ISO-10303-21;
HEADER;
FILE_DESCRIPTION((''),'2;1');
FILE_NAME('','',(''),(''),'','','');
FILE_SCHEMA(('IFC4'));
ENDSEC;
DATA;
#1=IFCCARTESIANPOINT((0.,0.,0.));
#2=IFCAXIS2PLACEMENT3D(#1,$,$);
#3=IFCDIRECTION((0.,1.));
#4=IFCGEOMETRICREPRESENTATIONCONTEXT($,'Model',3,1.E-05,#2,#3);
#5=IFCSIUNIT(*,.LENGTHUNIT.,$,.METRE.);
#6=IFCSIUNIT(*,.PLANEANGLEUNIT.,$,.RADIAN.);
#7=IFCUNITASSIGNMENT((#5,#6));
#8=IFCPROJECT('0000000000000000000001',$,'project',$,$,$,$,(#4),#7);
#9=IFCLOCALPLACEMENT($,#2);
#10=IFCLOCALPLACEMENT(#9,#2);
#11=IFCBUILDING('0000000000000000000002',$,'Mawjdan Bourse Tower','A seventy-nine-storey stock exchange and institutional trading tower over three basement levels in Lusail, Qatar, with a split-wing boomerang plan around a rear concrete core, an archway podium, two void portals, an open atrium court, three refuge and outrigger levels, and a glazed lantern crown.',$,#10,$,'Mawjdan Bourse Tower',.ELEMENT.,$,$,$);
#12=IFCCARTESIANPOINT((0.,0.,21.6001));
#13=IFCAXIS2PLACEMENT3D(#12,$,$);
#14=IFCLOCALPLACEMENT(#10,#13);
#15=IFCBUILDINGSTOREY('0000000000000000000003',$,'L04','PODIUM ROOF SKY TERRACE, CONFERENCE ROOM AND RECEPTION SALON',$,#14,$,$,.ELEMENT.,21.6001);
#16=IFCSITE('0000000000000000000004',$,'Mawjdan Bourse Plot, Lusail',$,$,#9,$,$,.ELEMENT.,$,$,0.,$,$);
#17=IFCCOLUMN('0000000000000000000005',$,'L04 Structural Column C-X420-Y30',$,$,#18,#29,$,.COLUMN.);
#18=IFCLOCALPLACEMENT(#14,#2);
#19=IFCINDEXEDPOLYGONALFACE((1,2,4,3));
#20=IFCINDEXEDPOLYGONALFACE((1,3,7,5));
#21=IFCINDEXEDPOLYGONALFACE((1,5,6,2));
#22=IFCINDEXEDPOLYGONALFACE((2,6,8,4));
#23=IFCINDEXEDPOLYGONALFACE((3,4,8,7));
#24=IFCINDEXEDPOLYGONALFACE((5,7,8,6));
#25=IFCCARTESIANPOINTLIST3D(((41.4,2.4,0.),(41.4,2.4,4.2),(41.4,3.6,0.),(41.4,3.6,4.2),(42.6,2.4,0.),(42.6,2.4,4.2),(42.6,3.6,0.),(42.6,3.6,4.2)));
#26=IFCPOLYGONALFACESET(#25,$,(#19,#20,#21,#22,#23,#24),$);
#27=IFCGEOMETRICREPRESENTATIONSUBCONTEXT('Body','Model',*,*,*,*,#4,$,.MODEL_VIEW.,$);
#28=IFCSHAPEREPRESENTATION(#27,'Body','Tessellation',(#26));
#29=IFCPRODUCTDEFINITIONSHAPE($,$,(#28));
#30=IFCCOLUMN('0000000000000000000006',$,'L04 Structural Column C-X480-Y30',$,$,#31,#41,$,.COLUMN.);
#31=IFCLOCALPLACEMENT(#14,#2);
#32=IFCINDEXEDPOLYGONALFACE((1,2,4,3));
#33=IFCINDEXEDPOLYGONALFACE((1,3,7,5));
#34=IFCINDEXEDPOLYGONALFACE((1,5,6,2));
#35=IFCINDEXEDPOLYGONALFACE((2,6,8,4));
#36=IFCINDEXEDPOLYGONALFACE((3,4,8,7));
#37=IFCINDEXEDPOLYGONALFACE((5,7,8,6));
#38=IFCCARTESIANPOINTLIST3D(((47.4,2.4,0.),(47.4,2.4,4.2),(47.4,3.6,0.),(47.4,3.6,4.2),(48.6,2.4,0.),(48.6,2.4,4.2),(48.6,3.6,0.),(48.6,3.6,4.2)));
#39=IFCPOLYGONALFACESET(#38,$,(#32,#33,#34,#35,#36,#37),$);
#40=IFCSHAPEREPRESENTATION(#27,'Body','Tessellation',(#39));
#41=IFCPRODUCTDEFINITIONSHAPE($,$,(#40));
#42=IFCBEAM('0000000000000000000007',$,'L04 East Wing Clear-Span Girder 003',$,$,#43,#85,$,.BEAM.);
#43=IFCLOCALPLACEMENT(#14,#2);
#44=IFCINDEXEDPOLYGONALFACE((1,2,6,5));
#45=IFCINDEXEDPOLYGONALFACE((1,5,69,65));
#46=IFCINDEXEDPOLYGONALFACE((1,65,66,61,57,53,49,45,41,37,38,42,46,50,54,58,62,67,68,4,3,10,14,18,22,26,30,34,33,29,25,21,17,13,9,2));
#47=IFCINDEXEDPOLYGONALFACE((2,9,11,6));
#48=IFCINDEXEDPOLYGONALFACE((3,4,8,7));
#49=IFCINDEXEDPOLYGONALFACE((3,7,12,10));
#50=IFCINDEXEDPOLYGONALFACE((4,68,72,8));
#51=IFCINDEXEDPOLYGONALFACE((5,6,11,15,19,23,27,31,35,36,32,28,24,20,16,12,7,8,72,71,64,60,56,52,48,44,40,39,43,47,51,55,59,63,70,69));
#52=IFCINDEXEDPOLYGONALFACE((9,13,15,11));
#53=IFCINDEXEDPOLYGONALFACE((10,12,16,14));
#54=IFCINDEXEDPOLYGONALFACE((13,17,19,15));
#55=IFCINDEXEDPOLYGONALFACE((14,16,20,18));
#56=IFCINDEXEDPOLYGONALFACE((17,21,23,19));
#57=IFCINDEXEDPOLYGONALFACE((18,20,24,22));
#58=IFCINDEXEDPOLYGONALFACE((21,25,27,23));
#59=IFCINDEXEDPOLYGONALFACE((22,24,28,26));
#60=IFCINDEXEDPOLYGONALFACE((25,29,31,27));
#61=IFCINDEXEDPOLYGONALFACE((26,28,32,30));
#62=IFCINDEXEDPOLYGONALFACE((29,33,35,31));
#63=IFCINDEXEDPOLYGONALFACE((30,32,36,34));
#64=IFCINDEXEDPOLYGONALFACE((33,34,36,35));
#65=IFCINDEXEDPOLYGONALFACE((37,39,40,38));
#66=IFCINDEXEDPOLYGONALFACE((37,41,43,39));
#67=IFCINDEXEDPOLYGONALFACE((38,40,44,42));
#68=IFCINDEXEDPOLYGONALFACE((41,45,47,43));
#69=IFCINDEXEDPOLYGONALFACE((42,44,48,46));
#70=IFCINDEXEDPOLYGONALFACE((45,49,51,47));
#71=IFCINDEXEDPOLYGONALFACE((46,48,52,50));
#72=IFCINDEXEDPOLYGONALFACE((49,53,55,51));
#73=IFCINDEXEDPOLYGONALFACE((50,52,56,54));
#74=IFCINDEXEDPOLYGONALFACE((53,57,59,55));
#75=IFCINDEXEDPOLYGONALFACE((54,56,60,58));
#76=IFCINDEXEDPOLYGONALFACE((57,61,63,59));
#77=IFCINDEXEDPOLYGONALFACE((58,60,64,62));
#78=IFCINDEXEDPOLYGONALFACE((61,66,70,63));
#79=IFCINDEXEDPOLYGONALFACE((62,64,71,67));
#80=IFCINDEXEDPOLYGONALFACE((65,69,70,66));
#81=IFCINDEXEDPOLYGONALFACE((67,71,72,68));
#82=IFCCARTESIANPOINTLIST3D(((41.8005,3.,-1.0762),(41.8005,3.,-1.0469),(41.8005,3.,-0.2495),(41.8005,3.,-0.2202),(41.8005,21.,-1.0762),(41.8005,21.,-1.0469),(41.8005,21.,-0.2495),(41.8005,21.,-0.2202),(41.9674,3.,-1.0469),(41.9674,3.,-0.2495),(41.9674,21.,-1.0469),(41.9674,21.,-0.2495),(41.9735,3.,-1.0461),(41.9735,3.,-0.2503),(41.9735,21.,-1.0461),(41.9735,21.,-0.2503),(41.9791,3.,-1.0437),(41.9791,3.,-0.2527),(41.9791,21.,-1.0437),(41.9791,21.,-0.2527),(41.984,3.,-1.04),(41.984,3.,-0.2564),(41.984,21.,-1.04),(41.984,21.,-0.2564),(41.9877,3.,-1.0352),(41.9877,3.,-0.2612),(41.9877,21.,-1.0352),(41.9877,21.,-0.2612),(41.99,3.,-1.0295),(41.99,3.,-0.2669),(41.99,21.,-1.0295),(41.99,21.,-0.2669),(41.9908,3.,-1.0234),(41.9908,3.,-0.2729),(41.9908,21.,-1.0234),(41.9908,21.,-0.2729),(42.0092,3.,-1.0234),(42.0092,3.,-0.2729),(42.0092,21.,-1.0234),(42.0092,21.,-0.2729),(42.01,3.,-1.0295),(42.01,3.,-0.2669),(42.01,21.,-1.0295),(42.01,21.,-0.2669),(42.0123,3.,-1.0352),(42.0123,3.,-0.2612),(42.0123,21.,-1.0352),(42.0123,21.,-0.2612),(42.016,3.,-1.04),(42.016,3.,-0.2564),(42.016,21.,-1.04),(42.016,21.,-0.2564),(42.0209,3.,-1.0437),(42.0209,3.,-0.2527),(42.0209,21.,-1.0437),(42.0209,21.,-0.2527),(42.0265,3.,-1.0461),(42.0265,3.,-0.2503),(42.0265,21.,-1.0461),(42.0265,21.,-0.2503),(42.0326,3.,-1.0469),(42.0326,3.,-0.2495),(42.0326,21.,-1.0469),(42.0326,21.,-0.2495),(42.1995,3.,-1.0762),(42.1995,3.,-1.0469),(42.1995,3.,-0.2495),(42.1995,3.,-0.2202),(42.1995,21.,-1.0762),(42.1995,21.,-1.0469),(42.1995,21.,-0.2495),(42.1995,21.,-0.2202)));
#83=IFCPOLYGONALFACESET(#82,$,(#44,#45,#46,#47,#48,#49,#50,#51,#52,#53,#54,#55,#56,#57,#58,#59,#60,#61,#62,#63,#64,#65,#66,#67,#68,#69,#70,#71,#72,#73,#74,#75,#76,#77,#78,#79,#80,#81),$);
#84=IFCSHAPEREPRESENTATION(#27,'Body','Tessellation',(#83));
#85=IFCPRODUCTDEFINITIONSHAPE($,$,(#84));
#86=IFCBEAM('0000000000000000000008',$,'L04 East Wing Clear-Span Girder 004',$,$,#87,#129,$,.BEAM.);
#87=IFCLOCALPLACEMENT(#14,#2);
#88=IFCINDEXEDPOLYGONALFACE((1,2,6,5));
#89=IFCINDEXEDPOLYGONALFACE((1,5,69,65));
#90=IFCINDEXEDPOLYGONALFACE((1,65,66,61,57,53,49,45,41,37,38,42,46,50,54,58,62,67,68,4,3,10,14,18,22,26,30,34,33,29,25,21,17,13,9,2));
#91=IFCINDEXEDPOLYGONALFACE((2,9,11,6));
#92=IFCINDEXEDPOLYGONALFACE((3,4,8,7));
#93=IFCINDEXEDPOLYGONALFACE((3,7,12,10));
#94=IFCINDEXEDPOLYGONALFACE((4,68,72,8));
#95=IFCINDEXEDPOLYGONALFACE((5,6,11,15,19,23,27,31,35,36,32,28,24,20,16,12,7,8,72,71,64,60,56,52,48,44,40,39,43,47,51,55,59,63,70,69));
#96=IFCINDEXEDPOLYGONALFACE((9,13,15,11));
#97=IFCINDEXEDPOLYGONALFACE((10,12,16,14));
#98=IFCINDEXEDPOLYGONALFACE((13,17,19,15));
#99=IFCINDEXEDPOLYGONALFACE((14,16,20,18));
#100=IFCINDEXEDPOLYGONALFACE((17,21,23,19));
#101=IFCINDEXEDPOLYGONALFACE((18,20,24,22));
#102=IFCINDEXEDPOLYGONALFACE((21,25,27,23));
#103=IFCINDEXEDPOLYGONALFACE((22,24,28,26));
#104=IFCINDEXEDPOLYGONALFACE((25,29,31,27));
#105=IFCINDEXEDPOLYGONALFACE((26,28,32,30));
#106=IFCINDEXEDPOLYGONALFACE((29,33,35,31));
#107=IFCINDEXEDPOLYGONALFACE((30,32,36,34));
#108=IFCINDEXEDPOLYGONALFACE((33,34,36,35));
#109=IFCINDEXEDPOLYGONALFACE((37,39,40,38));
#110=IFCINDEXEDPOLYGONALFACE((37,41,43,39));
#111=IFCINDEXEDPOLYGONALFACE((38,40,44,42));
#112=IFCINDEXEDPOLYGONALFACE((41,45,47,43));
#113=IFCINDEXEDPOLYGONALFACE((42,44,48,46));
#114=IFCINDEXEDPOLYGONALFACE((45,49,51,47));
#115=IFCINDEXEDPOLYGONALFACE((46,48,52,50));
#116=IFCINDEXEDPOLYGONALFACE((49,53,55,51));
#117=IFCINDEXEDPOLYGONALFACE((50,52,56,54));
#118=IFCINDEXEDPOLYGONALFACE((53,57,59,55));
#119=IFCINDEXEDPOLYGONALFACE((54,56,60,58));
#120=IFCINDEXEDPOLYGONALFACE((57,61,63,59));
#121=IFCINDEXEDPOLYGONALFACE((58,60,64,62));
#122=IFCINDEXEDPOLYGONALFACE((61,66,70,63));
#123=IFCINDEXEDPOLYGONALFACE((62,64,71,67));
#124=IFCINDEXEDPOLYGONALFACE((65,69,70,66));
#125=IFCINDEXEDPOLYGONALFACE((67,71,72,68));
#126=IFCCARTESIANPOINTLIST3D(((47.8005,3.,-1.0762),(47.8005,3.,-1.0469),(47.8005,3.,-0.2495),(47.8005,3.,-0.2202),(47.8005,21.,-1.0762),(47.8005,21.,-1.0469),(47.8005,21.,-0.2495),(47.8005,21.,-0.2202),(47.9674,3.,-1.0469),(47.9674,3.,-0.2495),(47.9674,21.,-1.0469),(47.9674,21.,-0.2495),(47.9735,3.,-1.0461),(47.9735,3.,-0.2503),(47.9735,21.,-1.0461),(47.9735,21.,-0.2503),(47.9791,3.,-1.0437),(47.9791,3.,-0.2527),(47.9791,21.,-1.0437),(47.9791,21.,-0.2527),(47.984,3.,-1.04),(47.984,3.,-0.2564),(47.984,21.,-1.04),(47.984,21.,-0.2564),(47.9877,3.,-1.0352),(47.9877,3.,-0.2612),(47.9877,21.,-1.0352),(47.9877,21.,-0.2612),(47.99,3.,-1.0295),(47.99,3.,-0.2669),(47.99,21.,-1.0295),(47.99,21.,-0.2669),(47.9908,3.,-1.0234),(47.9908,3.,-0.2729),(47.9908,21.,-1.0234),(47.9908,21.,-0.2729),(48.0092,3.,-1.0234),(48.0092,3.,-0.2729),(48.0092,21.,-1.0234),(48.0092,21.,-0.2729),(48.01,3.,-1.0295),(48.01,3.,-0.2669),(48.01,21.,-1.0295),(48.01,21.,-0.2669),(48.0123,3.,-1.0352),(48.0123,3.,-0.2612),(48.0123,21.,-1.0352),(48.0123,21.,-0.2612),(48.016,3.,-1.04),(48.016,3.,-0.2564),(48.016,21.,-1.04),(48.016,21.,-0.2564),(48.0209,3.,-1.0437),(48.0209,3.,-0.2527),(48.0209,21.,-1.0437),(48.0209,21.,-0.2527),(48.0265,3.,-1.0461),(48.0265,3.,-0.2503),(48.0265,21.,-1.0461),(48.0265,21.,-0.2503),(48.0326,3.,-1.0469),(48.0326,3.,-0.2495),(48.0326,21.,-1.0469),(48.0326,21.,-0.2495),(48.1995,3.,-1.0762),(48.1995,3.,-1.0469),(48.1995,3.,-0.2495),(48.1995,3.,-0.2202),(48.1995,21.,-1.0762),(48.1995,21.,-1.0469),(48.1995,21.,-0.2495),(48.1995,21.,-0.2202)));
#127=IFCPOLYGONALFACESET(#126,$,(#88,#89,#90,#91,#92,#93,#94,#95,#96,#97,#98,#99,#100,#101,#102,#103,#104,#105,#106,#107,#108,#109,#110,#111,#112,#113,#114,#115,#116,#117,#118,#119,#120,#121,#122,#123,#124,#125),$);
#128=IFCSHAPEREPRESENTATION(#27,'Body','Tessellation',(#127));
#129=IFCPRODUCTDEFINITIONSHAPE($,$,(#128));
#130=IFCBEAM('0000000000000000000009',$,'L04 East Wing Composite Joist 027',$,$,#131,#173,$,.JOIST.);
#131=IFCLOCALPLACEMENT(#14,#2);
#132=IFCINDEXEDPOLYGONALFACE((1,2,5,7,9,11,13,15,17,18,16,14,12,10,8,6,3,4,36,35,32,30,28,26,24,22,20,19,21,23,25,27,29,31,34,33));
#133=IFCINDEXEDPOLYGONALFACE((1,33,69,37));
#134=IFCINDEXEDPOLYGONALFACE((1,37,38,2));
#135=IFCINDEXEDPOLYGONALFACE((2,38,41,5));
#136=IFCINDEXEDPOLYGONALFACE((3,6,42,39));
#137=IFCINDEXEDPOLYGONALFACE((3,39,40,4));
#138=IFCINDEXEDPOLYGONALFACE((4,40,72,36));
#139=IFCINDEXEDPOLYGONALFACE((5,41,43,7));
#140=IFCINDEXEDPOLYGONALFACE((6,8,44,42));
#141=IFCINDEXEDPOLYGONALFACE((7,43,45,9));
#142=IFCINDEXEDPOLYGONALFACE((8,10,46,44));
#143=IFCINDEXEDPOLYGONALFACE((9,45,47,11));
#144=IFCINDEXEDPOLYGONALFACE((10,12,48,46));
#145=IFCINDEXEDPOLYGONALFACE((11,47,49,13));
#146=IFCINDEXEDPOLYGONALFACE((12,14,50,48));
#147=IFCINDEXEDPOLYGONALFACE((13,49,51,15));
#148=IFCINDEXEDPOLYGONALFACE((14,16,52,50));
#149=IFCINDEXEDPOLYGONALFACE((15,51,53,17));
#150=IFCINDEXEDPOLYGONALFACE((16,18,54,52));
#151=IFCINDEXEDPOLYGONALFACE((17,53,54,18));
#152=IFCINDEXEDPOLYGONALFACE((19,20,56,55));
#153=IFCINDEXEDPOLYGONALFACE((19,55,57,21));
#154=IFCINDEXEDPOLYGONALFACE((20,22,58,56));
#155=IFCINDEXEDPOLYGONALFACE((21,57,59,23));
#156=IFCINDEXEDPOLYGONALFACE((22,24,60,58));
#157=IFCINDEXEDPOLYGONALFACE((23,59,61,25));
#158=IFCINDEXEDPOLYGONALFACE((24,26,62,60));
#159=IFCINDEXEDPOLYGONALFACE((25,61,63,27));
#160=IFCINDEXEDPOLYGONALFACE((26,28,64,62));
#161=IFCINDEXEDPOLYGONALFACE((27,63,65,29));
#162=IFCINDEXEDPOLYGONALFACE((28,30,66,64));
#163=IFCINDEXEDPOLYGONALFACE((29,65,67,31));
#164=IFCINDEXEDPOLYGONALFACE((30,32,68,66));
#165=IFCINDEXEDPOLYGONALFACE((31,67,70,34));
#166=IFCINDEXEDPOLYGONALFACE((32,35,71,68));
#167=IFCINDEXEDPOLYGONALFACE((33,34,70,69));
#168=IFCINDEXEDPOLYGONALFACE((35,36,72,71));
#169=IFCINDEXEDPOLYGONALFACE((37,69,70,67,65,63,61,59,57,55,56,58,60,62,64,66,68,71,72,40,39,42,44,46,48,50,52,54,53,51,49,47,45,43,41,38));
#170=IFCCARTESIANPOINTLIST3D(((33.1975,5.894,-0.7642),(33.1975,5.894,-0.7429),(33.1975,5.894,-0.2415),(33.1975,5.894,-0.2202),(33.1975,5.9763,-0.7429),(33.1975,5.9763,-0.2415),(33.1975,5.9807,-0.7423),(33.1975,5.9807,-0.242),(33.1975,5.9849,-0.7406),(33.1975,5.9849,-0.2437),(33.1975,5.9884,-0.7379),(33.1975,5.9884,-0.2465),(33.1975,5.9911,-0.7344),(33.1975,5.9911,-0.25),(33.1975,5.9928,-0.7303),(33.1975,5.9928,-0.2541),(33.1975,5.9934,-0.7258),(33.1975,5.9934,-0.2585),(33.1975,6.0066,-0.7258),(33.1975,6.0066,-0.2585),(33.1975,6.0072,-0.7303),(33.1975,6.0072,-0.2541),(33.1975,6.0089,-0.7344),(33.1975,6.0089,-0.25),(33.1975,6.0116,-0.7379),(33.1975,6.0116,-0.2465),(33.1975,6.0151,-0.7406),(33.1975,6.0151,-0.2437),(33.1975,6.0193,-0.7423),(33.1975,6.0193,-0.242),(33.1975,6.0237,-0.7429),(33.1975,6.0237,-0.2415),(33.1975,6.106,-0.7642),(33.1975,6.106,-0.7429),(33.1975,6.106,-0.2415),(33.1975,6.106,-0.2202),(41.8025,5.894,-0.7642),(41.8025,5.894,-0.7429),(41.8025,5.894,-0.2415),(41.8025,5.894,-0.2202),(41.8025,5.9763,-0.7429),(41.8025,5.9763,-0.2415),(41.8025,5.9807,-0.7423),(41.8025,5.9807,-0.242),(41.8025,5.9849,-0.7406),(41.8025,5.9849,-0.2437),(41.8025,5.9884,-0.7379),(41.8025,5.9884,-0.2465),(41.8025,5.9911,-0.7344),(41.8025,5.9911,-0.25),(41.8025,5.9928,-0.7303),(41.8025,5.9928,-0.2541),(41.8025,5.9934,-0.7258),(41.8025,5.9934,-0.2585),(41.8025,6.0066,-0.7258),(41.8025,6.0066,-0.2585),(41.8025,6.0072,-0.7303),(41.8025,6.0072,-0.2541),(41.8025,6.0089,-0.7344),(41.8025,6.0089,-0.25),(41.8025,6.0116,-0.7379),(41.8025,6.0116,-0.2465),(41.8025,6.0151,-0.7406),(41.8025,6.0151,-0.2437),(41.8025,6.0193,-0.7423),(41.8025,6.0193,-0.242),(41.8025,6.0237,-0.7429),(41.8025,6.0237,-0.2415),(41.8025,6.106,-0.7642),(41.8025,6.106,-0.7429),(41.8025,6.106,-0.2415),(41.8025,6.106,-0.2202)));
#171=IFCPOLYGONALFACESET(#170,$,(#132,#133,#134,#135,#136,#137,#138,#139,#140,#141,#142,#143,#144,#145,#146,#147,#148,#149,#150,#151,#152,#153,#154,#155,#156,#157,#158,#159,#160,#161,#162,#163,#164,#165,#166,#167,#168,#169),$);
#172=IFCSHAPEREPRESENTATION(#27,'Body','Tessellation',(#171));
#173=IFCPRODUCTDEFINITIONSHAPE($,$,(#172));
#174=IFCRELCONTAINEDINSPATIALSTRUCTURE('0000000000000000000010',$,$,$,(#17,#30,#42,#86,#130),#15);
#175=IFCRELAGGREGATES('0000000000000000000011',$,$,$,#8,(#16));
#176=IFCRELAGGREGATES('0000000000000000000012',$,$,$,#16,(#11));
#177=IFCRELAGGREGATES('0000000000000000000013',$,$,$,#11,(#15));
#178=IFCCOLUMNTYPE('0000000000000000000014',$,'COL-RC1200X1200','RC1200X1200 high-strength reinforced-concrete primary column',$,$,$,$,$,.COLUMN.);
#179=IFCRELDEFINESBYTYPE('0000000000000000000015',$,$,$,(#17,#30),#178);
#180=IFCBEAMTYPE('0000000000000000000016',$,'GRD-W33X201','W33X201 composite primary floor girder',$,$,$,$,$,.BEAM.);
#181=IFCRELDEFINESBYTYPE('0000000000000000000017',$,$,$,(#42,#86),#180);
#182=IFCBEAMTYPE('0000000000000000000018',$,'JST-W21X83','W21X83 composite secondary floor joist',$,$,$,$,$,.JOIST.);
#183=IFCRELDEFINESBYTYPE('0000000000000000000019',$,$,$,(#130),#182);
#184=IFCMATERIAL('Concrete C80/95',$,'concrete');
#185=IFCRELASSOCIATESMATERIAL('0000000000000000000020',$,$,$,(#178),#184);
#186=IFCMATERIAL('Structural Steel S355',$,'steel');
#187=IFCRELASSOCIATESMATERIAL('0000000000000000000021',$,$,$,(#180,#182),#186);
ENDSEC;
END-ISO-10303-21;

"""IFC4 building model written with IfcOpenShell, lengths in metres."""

from ifc_helpers import new_model, si_unit, direction, frame, origin, origin_2d, place, context, subcontext, project, spatial, rectangle, i_section, extrude, material, material_profile, profile_set, type_object, element, save


model = new_model("IFC4")

# Units and contexts
model_context = context("Model", 3, precision=1e-05, world=origin(), true_north=direction((0.0, 1.0)))
body_context = subcontext(model_context, "Body", "Model", "MODEL_VIEW")
ifc_project = project(units=[si_unit("LENGTHUNIT", "METRE"), si_unit("PLANEANGLEUNIT", "RADIAN")], contexts=[model_context])

# Site, building, storey
site_placement = place(None, origin())
site = spatial("IfcSite", under=ifc_project, at=site_placement, Name="Mawjdan Bourse Plot, Lusail", CompositionType="ELEMENT", RefElevation=0.0)
building_placement = place(site_placement, origin())
building = spatial("IfcBuilding", under=site, at=building_placement, Name="Mawjdan Bourse Tower", Description="A seventy-nine-storey stock exchange and institutional trading tower over three basement levels in Lusail, Qatar, with a split-wing boomerang plan around a rear concrete core, an archway podium, two void portals, an open atrium court, three refuge and outrigger levels, and a glazed lantern crown.", LongName="Mawjdan Bourse Tower", CompositionType="ELEMENT")
storey_placement = place(building_placement, frame((0.0, 0.0, 21.6001)))
storey = spatial("IfcBuildingStorey", under=building, at=storey_placement, Name="L04", Description="PODIUM ROOF SKY TERRACE, CONFERENCE ROOM AND RECEPTION SALON", CompositionType="ELEMENT", Elevation=21.6001)

# Columns
ifc_material_1 = material(Name="Concrete C80/95", Category="concrete")
ifc_material_profile_1 = material_profile(ifc_material_1, rectangle(XDim=1.2, YDim=1.2, at=origin_2d()), Name="RC1200X1200")
ifc_profile_set_1 = profile_set([ifc_material_profile_1], Name="Concrete C80/95")
column_type = type_object("IfcColumnType", Name="COL-RC1200X1200", Description="RC1200X1200 high-strength reinforced-concrete primary column", PredefinedType="COLUMN", material=ifc_profile_set_1)
for number, where, z_axis, x_axis, name in (
    (1, (42.0, 3.0, 0.0), (0.0, 0.0, 1.0), (1.0, 0.0, 0.0), "L04 Structural Column C-X420-Y30"),
    (2, (48.0, 3.0, 0.0), (0.0, 0.0, 1.0), (1.0, 0.0, 0.0), "L04 Structural Column C-X480-Y30"),
):
    element("IfcColumn", number, at=place(storey_placement, frame(where, z_axis=z_axis, x_axis=x_axis)), inside=storey, type_object=column_type, Name=name, PredefinedType="COLUMN", context=body_context, shape_type="SweptSolid", body=[
        extrude(rectangle(XDim=1.2, YDim=1.2, at=origin_2d()), origin(), (0.0, 0.0, 1.0), 4.2),
    ])

# Beams
ifc_material_2 = material(Name="Structural Steel S355", Category="steel")
ifc_material_profile_2 = material_profile(ifc_material_2, i_section(OverallWidth=0.3989, OverallDepth=0.856, WebThickness=0.0183, FlangeThickness=0.0293, FilletRadius=0.0234, at=origin_2d()), Name="W33X201")
ifc_profile_set_2 = profile_set([ifc_material_profile_2], Name="Structural Steel S355")
beam_type_1 = type_object("IfcBeamType", Name="GRD-W33X201", Description="W33X201 composite primary floor girder", PredefinedType="BEAM", material=ifc_profile_set_2)
for number, where, z_axis, x_axis, name in (
    (3, (42.0, 3.0, -0.6482), (0.0, 1.0, 0.0), (-1.0, 0.0, 0.0), "L04 East Wing Clear-Span Girder 003"),
    (4, (48.0, 3.0, -0.6482), (0.0, 1.0, 0.0), (-1.0, 0.0, 0.0), "L04 East Wing Clear-Span Girder 004"),
):
    element("IfcBeam", number, at=place(storey_placement, frame(where, z_axis=z_axis, x_axis=x_axis)), inside=storey, type_object=beam_type_1, Name=name, PredefinedType="BEAM", context=body_context, shape_type="SweptSolid", body=[
        extrude(i_section(OverallWidth=0.3989, OverallDepth=0.856, WebThickness=0.0183, FlangeThickness=0.0293, FilletRadius=0.0234, at=origin_2d()), origin(), (0.0, 0.0, 1.0), 18.0),
    ])
ifc_material_profile_3 = material_profile(ifc_material_2, i_section(OverallWidth=0.2119, OverallDepth=0.5439, WebThickness=0.0132, FlangeThickness=0.0212, FilletRadius=0.0171, at=origin_2d()), Name="W21X83")
ifc_profile_set_3 = profile_set([ifc_material_profile_3], Name="Structural Steel S355")
beam_type_2 = type_object("IfcBeamType", Name="JST-W21X83", Description="W21X83 composite secondary floor joist", PredefinedType="JOIST", material=ifc_profile_set_3)
beam_1_placement = place(storey_placement, frame((33.1975, 6.0, -0.4922), z_axis=(1.0, 0.0, 0.0), x_axis=(0.0, 1.0, 0.0)))
element("IfcBeam", 5, at=beam_1_placement, inside=storey, type_object=beam_type_2, Name="L04 East Wing Composite Joist 027", PredefinedType="JOIST", context=body_context, shape_type="SweptSolid", body=[
    extrude(i_section(OverallWidth=0.2119, OverallDepth=0.5439, WebThickness=0.0132, FlangeThickness=0.0212, FilletRadius=0.0171, at=origin_2d()), origin(), (0.0, 0.0, 1.0), 8.605),
])

save(model, "model.ifc")
